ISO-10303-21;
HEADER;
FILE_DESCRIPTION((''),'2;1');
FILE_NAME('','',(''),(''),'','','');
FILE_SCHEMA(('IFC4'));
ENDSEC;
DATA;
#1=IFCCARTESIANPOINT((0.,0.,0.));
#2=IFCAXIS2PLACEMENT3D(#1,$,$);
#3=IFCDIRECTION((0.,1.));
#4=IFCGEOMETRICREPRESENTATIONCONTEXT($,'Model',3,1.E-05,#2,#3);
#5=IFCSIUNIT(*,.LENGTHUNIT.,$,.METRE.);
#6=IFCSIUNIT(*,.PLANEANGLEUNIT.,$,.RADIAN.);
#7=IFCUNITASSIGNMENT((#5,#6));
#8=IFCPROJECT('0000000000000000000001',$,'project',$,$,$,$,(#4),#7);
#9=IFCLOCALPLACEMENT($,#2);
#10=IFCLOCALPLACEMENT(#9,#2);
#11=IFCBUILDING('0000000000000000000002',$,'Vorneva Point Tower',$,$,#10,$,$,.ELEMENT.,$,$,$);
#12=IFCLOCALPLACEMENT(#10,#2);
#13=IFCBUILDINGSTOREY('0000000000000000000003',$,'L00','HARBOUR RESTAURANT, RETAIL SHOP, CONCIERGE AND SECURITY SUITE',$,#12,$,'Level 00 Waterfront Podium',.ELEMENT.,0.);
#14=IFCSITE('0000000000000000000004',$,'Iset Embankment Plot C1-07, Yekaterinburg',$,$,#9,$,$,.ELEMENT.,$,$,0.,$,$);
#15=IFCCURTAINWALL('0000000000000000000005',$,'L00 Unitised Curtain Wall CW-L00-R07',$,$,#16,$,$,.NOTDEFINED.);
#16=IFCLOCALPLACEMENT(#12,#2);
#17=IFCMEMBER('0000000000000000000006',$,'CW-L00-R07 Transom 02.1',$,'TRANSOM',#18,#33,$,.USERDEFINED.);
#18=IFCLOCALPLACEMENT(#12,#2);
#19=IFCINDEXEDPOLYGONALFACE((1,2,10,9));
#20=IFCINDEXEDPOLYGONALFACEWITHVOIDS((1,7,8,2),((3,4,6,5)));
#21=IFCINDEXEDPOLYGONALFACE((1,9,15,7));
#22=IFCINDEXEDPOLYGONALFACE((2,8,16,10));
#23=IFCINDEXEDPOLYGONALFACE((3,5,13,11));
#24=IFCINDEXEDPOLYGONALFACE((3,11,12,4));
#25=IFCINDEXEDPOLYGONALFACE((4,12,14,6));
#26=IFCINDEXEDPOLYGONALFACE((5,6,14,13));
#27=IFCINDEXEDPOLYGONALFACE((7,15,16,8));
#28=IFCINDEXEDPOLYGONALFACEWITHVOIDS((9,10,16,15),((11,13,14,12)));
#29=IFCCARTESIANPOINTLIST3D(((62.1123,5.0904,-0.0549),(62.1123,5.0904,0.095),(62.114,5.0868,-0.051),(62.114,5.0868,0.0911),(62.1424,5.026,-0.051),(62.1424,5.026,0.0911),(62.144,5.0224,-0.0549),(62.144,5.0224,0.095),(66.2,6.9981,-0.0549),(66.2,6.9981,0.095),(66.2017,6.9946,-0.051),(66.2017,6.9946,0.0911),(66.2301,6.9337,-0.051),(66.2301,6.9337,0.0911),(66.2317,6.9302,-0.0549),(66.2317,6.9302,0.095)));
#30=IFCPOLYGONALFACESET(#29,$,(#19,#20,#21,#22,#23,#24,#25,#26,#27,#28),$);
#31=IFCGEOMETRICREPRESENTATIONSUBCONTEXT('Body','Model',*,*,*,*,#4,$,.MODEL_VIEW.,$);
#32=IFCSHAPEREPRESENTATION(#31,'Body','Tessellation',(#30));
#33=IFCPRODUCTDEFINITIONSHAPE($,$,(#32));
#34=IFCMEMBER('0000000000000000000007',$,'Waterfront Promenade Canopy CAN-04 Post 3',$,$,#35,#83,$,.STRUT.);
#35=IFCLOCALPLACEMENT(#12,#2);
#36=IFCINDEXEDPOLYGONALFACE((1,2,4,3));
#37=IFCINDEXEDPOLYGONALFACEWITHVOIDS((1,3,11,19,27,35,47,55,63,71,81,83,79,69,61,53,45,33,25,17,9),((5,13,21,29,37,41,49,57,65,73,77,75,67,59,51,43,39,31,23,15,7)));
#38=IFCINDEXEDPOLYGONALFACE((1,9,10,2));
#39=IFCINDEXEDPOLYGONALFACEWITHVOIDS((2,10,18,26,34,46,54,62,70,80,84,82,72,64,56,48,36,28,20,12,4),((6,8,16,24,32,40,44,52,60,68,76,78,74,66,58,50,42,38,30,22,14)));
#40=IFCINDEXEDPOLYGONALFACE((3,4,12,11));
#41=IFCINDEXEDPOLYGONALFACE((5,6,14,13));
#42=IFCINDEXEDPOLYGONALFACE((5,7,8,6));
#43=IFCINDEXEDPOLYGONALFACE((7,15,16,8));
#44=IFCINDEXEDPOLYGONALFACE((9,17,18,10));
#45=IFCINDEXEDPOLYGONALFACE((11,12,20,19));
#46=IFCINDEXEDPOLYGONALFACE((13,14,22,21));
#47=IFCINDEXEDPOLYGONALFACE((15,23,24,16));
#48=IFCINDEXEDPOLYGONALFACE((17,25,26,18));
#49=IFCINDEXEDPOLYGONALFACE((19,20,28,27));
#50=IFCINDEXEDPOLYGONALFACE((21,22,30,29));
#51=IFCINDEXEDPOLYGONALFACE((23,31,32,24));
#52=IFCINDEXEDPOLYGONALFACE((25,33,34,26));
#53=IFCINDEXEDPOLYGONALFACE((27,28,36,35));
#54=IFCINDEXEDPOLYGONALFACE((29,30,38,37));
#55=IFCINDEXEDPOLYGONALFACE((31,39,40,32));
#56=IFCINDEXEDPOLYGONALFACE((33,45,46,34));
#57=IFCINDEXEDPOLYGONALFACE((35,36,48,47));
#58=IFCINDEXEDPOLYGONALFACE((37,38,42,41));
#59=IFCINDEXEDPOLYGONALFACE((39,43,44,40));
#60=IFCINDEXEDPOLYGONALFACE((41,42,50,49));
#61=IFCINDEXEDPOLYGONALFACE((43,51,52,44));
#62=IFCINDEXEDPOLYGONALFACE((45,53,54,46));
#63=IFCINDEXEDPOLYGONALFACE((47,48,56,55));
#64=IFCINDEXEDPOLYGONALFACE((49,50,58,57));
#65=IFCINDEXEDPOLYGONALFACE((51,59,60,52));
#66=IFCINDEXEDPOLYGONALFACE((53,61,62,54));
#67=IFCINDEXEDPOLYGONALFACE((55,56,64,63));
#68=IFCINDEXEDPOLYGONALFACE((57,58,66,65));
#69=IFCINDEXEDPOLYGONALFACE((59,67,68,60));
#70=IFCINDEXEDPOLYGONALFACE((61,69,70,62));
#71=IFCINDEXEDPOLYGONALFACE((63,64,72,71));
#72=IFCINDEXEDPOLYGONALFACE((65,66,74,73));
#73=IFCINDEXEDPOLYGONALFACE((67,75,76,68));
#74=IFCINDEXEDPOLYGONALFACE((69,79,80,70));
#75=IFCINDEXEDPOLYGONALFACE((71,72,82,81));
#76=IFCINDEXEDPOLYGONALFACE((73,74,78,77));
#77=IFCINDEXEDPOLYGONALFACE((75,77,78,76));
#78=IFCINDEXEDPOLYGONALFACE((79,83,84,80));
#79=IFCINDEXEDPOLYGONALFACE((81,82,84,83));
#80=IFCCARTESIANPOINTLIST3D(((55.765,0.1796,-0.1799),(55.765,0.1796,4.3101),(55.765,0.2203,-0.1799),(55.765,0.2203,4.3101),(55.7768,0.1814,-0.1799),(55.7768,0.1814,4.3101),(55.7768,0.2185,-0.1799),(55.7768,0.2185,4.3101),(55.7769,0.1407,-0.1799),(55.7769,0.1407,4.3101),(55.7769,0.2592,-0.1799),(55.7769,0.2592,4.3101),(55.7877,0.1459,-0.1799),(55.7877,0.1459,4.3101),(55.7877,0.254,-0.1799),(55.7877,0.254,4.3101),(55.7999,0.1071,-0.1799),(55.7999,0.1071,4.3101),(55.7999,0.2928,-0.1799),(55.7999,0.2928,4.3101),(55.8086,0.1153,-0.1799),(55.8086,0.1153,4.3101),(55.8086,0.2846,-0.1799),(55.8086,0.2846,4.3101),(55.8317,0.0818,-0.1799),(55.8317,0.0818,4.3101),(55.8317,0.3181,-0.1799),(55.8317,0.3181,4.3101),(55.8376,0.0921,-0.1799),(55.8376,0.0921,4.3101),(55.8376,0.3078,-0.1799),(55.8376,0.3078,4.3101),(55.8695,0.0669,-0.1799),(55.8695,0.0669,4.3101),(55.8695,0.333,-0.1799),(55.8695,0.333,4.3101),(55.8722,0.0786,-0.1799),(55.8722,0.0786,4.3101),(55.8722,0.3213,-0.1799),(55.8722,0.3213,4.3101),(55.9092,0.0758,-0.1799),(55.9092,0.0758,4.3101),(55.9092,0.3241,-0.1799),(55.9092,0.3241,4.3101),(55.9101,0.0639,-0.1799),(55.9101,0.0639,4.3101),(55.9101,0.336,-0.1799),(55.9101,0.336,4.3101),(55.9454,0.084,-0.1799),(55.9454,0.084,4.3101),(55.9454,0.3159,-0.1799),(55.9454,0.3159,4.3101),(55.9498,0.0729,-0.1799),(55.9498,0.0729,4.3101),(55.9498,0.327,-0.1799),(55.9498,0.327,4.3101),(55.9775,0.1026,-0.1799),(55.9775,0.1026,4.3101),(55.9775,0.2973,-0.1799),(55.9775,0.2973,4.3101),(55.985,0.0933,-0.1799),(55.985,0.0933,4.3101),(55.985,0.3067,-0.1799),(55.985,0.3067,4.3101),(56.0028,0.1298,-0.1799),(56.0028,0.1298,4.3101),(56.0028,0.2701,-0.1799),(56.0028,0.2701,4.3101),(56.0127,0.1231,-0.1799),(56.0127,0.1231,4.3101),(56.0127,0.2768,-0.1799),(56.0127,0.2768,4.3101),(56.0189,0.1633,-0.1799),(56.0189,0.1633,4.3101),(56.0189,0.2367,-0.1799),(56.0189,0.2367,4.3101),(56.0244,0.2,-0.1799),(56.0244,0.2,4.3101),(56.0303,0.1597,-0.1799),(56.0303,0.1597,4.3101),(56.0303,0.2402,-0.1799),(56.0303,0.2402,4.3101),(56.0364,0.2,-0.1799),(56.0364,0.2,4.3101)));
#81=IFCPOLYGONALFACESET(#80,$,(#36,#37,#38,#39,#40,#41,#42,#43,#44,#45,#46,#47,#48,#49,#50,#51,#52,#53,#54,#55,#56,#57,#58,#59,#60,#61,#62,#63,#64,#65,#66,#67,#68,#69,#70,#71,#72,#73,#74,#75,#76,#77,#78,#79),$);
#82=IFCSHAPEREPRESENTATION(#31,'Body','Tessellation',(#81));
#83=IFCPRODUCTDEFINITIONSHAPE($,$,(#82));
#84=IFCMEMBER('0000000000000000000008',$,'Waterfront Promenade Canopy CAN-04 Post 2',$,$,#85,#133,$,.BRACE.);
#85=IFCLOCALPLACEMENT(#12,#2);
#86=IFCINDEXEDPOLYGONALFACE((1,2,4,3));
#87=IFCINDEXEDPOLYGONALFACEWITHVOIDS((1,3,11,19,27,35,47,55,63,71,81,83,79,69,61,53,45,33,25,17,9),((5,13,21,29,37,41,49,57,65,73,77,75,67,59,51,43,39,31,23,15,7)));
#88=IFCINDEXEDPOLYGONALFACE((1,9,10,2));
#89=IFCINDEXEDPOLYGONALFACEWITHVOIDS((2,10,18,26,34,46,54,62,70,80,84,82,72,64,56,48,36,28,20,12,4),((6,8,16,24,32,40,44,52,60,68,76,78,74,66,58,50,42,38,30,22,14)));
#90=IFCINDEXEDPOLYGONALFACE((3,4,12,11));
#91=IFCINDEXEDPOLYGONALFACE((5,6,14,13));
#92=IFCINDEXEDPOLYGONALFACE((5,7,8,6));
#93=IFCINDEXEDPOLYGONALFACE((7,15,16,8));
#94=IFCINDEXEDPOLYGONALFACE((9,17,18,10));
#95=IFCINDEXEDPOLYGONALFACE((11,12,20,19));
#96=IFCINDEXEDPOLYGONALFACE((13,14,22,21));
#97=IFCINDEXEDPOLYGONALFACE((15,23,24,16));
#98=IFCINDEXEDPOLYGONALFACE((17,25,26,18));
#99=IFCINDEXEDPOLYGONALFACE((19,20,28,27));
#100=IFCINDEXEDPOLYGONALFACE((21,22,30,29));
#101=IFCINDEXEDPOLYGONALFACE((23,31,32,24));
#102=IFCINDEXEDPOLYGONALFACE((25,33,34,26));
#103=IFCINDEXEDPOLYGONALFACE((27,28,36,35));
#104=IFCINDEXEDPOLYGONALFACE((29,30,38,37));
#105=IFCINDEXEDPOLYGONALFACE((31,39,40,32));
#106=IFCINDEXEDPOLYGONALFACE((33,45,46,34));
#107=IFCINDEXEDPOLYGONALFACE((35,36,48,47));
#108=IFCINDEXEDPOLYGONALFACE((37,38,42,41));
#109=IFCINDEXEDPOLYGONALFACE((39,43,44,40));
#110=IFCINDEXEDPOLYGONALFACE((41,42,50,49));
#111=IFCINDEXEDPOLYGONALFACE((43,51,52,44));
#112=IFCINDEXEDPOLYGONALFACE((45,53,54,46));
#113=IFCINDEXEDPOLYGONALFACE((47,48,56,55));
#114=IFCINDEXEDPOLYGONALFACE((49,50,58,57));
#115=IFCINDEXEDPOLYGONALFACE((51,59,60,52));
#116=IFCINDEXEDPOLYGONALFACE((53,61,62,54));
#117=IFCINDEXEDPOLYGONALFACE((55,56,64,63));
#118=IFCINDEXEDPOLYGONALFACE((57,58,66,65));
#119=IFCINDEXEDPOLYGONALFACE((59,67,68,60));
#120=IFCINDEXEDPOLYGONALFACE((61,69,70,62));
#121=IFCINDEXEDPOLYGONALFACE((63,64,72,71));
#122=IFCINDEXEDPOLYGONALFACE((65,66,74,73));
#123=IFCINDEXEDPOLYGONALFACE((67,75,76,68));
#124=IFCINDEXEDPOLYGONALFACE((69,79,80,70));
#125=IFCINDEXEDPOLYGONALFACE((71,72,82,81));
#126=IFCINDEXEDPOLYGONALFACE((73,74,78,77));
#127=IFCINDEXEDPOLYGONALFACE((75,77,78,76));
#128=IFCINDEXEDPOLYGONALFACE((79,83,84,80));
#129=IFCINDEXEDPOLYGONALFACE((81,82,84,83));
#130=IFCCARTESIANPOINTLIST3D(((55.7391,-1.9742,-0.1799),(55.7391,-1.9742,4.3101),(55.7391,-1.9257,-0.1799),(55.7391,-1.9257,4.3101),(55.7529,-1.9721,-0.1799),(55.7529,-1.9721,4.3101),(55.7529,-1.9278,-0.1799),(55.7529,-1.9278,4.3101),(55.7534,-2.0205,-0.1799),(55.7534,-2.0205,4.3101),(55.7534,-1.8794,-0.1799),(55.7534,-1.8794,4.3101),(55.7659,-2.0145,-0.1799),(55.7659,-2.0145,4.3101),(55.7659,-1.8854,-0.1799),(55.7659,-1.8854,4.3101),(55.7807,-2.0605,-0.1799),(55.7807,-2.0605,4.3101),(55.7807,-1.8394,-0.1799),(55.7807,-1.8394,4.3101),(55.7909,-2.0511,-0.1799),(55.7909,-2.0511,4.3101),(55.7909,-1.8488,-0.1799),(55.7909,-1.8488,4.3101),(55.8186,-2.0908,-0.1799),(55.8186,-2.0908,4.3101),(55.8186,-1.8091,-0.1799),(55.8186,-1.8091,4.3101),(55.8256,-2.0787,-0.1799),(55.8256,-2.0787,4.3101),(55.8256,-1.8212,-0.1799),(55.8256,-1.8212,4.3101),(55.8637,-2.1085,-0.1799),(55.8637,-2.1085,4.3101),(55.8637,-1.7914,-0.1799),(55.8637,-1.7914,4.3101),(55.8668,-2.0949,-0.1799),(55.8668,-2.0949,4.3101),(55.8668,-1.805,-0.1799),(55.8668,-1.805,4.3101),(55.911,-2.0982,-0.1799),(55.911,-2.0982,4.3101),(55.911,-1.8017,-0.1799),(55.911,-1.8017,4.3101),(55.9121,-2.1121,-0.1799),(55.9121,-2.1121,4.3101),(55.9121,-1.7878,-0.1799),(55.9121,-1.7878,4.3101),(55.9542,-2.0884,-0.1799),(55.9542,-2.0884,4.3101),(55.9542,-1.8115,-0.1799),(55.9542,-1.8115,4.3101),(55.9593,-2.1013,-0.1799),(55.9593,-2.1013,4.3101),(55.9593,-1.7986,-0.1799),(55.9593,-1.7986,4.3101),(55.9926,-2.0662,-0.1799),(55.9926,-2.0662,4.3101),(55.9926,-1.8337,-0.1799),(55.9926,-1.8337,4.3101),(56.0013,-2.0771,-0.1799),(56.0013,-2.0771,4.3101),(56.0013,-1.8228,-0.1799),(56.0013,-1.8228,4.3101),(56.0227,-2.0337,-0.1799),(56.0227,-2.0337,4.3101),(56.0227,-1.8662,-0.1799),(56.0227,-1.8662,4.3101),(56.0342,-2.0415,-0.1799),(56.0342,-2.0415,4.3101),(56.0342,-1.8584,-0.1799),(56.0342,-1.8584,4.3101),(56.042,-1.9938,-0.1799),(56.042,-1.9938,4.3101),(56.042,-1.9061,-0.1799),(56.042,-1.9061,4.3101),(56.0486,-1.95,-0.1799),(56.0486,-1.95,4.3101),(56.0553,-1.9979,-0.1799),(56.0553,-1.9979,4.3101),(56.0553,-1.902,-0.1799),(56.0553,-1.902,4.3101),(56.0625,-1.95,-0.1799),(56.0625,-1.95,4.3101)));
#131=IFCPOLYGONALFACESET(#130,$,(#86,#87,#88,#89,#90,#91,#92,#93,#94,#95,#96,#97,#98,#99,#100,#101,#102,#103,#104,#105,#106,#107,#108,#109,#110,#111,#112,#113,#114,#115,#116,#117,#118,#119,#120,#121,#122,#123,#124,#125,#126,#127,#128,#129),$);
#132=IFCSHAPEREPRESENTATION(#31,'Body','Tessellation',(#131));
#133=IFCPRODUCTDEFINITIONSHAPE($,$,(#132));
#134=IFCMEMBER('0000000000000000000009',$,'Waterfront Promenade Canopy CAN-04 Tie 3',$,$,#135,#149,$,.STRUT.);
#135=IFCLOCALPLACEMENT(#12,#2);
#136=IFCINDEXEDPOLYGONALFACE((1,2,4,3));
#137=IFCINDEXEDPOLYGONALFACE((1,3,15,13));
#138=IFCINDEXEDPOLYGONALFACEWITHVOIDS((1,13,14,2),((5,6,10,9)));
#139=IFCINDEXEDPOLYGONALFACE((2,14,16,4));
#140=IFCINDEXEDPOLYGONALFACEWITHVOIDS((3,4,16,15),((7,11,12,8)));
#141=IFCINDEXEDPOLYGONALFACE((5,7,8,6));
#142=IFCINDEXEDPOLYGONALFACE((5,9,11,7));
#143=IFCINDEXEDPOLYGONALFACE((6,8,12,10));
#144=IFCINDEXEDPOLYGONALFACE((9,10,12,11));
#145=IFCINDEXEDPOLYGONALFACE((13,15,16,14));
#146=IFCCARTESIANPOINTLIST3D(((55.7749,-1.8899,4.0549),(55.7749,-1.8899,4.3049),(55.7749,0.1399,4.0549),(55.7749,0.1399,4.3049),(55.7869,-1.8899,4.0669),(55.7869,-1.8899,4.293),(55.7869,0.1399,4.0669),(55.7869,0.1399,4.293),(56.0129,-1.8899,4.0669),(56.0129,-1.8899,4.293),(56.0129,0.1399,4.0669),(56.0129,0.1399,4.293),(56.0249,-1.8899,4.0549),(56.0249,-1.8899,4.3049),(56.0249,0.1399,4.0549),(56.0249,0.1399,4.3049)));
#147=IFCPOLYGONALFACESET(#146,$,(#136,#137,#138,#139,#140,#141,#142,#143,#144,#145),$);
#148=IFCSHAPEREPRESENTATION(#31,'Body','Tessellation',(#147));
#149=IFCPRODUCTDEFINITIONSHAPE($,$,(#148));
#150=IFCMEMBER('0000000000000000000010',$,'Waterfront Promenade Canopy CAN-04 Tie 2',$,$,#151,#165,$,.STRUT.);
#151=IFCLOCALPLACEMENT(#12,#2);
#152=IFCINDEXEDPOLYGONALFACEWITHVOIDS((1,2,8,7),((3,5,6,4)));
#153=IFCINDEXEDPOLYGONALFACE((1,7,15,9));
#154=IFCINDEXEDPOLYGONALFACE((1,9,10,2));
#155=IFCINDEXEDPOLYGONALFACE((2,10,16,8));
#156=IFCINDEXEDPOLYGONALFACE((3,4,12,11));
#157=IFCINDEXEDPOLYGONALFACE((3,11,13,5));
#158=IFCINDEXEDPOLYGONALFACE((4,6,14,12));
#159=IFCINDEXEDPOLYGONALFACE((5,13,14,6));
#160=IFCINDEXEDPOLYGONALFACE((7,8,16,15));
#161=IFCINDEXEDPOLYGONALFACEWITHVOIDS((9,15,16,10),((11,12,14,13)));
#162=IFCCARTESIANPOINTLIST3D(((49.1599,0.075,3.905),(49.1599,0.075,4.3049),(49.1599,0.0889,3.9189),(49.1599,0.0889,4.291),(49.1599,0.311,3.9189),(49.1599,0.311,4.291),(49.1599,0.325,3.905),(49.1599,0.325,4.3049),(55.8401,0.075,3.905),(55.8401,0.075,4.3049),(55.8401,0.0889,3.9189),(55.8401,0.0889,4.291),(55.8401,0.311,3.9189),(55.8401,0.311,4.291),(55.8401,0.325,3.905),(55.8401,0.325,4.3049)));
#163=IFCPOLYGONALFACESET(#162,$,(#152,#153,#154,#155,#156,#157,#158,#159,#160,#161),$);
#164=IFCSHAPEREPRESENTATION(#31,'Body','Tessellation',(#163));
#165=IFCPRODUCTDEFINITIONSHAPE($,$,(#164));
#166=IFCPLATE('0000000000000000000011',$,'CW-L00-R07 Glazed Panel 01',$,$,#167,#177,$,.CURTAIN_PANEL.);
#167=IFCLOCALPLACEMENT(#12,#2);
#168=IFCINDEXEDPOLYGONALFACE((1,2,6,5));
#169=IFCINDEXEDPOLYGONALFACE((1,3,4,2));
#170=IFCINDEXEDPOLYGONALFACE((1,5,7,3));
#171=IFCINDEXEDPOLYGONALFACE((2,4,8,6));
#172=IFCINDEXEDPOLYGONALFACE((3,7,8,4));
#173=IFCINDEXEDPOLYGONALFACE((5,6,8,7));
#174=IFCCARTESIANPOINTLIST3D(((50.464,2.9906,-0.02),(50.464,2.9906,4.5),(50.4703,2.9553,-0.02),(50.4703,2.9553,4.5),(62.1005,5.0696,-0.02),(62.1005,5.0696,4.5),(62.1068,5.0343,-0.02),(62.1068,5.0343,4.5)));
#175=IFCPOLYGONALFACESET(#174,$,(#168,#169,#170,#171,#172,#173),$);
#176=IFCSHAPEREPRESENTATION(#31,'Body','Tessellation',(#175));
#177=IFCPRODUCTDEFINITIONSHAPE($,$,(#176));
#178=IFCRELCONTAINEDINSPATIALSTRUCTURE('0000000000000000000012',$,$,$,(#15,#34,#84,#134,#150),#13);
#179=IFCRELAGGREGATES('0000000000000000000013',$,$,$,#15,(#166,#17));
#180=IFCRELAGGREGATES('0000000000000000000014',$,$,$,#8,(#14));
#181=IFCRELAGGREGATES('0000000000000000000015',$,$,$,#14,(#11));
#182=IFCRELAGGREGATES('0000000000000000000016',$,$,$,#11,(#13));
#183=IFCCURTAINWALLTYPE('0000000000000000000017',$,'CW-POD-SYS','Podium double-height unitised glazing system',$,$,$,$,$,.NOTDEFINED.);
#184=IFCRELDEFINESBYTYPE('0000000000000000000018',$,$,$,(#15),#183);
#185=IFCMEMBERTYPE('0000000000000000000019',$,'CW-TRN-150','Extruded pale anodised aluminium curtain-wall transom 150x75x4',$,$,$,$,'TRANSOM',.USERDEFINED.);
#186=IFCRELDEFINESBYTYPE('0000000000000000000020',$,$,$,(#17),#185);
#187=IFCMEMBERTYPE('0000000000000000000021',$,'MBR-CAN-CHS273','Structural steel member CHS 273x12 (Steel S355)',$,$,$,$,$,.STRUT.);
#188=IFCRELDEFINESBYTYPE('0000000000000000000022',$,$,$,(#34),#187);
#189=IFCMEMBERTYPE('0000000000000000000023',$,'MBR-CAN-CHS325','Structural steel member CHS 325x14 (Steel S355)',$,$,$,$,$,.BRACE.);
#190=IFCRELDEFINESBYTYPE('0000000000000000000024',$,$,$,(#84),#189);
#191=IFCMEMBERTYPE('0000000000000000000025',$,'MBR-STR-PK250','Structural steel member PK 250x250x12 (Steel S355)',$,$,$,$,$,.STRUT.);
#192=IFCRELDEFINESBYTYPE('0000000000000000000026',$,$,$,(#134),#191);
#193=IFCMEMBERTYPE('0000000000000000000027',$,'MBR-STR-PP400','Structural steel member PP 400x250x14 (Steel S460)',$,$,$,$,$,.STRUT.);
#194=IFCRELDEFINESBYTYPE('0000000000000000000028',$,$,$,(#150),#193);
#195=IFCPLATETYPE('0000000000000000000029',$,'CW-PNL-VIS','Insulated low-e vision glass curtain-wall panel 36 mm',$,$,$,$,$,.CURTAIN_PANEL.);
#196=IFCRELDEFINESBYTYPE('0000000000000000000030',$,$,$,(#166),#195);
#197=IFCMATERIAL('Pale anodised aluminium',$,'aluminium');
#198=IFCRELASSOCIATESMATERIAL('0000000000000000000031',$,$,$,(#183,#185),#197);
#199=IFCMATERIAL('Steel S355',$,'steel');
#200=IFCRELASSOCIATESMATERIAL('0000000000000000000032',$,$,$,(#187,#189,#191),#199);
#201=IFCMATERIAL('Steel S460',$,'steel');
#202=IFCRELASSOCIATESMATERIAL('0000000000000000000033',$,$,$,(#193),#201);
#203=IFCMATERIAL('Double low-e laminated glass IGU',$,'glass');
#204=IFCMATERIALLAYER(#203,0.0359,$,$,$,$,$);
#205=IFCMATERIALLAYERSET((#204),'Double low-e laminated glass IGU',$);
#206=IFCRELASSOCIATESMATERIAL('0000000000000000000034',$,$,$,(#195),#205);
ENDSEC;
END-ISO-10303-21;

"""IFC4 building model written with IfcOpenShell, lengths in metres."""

from ifc_helpers import new_model, si_unit, direction, frame, origin, origin_2d, place, context, subcontext, project, spatial, rectangle, hollow_rectangle, hollow_circle, extrude, material, layer, layer_set, material_profile, profile_set, type_object, element, aggregate, save


model = new_model("IFC4")

# Units and contexts
model_context = context("Model", 3, precision=1e-05, world=origin(), true_north=direction((0.0, 1.0)))
body_context = subcontext(model_context, "Body", "Model", "MODEL_VIEW")
ifc_project = project(units=[si_unit("LENGTHUNIT", "METRE"), si_unit("PLANEANGLEUNIT", "RADIAN")], contexts=[model_context])

# Site, building, storey
site_placement = place(None, origin())
site = spatial("IfcSite", under=ifc_project, at=site_placement, Name="Iset Embankment Plot C1-07, Yekaterinburg", CompositionType="ELEMENT", RefElevation=0.0)
building_placement = place(site_placement, origin())
building = spatial("IfcBuilding", under=site, at=building_placement, Name="Vorneva Point Tower", CompositionType="ELEMENT")
storey_placement = place(building_placement, origin())
storey = spatial("IfcBuildingStorey", under=building, at=storey_placement, Name="L00", Description="HARBOUR RESTAURANT, RETAIL SHOP, CONCIERGE AND SECURITY SUITE", LongName="Level 00 Waterfront Podium", CompositionType="ELEMENT", Elevation=0.0)

# Shared definitions
ifc_material_1 = material(Name="Steel S355", Category="steel")

# Curtain wall, member
ifc_material_2 = material(Name="Pale anodised aluminium", Category="aluminium")
curtain_wall_type = type_object("IfcCurtainWallType", Name="CW-POD-SYS", Description="Podium double-height unitised glazing system", PredefinedType="NOTDEFINED", material=ifc_material_2)
curtain_wall_placement = place(storey_placement, origin())
curtain_wall = element("IfcCurtainWall", 1, at=curtain_wall_placement, inside=storey, type_object=curtain_wall_type, Name="L00 Unitised Curtain Wall CW-L00-R07", PredefinedType="NOTDEFINED")
ifc_material_profile_1 = material_profile(ifc_material_2, hollow_rectangle(XDim=0.075, YDim=0.1499, WallThickness=0.0039, at=origin_2d()), Name="AL-TRN 150x75x4")
ifc_profile_set_1 = profile_set([ifc_material_profile_1], Name="Pale anodised aluminium")
member_type_1 = type_object("IfcMemberType", Name="CW-TRN-150", Description="Extruded pale anodised aluminium curtain-wall transom 150x75x4", ElementType="TRANSOM", PredefinedType="USERDEFINED", material=ifc_profile_set_1)
member_1_placement = place(storey_placement, frame((62.1282, 5.0564, 0.02), z_axis=(0.906171, 0.422912, 0.0), x_axis=(-0.422912, 0.906171, 0.0)))
member_1 = element("IfcMember", 2, at=member_1_placement, type_object=member_type_1, Name="CW-L00-R07 Transom 02.1", ObjectType="TRANSOM", PredefinedType="USERDEFINED", context=body_context, shape_type="SweptSolid", body=[
    extrude(hollow_rectangle(XDim=0.075, YDim=0.1499, WallThickness=0.0039, at=origin_2d()), origin(), (0.0, 0.0, 1.0), 4.511),
])

# Members
ifc_material_profile_2 = material_profile(ifc_material_1, hollow_circle(Radius=0.1365, WallThickness=0.012, at=origin_2d()), Name="CHS 273x12")
ifc_profile_set_2 = profile_set([ifc_material_profile_2], Name="Steel S355")
member_type_2 = type_object("IfcMemberType", Name="MBR-CAN-CHS273", Description="Structural steel member CHS 273x12 (Steel S355)", PredefinedType="STRUT", material=ifc_profile_set_2)
member_2_placement = place(storey_placement, frame((55.8999, 0.2, -0.1799), z_axis=(0.0, 0.0, 1.0), x_axis=(1.0, 0.0, 0.0)))
element("IfcMember", 3, at=member_2_placement, inside=storey, type_object=member_type_2, Name="Waterfront Promenade Canopy CAN-04 Post 3", PredefinedType="STRUT", context=body_context, shape_type="SweptSolid", body=[
    extrude(hollow_circle(Radius=0.1365, WallThickness=0.012, at=origin_2d()), origin(), (0.0, 0.0, 1.0), 4.49),
])
ifc_material_profile_3 = material_profile(ifc_material_1, hollow_circle(Radius=0.1626, WallThickness=0.0139, at=origin_2d()), Name="CHS 325x14")
ifc_profile_set_3 = profile_set([ifc_material_profile_3], Name="Steel S355")
member_type_3 = type_object("IfcMemberType", Name="MBR-CAN-CHS325", Description="Structural steel member CHS 325x14 (Steel S355)", PredefinedType="BRACE", material=ifc_profile_set_3)
member_3_placement = place(storey_placement, frame((55.8999, -1.95, -0.1799), z_axis=(0.0, 0.0, 1.0), x_axis=(1.0, 0.0, 0.0)))
element("IfcMember", 4, at=member_3_placement, inside=storey, type_object=member_type_3, Name="Waterfront Promenade Canopy CAN-04 Post 2", PredefinedType="BRACE", context=body_context, shape_type="SweptSolid", body=[
    extrude(hollow_circle(Radius=0.1626, WallThickness=0.0139, at=origin_2d()), origin(), (0.0, 0.0, 1.0), 4.49),
])
ifc_material_profile_4 = material_profile(ifc_material_1, hollow_rectangle(XDim=0.25, YDim=0.25, WallThickness=0.012, at=origin_2d()), Name="PK 250x250x12")
ifc_profile_set_4 = profile_set([ifc_material_profile_4], Name="Steel S355")
member_type_4 = type_object("IfcMemberType", Name="MBR-STR-PK250", Description="Structural steel member PK 250x250x12 (Steel S355)", PredefinedType="STRUT", material=ifc_profile_set_4)
member_4_placement = place(storey_placement, frame((55.8999, -1.8899, 4.1799), z_axis=(0.0, 1.0, 0.0), x_axis=(-1.0, 0.0, 0.0)))
element("IfcMember", 5, at=member_4_placement, inside=storey, type_object=member_type_4, Name="Waterfront Promenade Canopy CAN-04 Tie 3", PredefinedType="STRUT", context=body_context, shape_type="SweptSolid", body=[
    extrude(hollow_rectangle(XDim=0.25, YDim=0.25, WallThickness=0.012, at=origin_2d()), origin(), (0.0, 0.0, 1.0), 2.0298),
])
ifc_material_3 = material(Name="Steel S460", Category="steel")
ifc_material_profile_5 = material_profile(ifc_material_3, hollow_rectangle(XDim=0.25, YDim=0.3999, WallThickness=0.0139, at=origin_2d()), Name="PP 400x250x14")
ifc_profile_set_5 = profile_set([ifc_material_profile_5], Name="Steel S460")
member_type_5 = type_object("IfcMemberType", Name="MBR-STR-PP400", Description="Structural steel member PP 400x250x14 (Steel S460)", PredefinedType="STRUT", material=ifc_profile_set_5)
member_5_placement = place(storey_placement, frame((55.8401, 0.2, 4.105), z_axis=(-1.0, 0.0, 0.0), x_axis=(0.0, -1.0, 0.0)))
element("IfcMember", 6, at=member_5_placement, inside=storey, type_object=member_type_5, Name="Waterfront Promenade Canopy CAN-04 Tie 2", PredefinedType="STRUT", context=body_context, shape_type="SweptSolid", body=[
    extrude(hollow_rectangle(XDim=0.25, YDim=0.3999, WallThickness=0.0139, at=origin_2d()), origin(), (0.0, 0.0, 1.0), 6.6802),
])

# Plate
ifc_material_4 = material(Name="Double low-e laminated glass IGU", Category="glass")
ifc_layer_1 = layer(ifc_material_4, 0.0359)
ifc_layer_set_1 = layer_set([ifc_layer_1], Name="Double low-e laminated glass IGU")
plate_type_1 = type_object("IfcPlateType", Name="CW-PNL-VIS", Description="Insulated low-e vision glass curtain-wall panel 36 mm", PredefinedType="CURTAIN_PANEL", material=ifc_layer_set_1)
plate_placement = place(storey_placement, frame((56.2854, 4.0125, -0.02), z_axis=(0.0, 0.0, 1.0), x_axis=(0.984411, 0.175882, 0.0)))
plate = element("IfcPlate", 7, at=plate_placement, type_object=plate_type_1, Name="CW-L00-R07 Glazed Panel 01", PredefinedType="CURTAIN_PANEL", context=body_context, shape_type="SweptSolid", body=[
    extrude(rectangle(XDim=11.8208, YDim=0.0359, at=origin_2d()), origin(), (0.0, 0.0, 1.0), 4.52),
])
aggregate(curtain_wall, [plate, member_1])

save(model, "model.ifc")
